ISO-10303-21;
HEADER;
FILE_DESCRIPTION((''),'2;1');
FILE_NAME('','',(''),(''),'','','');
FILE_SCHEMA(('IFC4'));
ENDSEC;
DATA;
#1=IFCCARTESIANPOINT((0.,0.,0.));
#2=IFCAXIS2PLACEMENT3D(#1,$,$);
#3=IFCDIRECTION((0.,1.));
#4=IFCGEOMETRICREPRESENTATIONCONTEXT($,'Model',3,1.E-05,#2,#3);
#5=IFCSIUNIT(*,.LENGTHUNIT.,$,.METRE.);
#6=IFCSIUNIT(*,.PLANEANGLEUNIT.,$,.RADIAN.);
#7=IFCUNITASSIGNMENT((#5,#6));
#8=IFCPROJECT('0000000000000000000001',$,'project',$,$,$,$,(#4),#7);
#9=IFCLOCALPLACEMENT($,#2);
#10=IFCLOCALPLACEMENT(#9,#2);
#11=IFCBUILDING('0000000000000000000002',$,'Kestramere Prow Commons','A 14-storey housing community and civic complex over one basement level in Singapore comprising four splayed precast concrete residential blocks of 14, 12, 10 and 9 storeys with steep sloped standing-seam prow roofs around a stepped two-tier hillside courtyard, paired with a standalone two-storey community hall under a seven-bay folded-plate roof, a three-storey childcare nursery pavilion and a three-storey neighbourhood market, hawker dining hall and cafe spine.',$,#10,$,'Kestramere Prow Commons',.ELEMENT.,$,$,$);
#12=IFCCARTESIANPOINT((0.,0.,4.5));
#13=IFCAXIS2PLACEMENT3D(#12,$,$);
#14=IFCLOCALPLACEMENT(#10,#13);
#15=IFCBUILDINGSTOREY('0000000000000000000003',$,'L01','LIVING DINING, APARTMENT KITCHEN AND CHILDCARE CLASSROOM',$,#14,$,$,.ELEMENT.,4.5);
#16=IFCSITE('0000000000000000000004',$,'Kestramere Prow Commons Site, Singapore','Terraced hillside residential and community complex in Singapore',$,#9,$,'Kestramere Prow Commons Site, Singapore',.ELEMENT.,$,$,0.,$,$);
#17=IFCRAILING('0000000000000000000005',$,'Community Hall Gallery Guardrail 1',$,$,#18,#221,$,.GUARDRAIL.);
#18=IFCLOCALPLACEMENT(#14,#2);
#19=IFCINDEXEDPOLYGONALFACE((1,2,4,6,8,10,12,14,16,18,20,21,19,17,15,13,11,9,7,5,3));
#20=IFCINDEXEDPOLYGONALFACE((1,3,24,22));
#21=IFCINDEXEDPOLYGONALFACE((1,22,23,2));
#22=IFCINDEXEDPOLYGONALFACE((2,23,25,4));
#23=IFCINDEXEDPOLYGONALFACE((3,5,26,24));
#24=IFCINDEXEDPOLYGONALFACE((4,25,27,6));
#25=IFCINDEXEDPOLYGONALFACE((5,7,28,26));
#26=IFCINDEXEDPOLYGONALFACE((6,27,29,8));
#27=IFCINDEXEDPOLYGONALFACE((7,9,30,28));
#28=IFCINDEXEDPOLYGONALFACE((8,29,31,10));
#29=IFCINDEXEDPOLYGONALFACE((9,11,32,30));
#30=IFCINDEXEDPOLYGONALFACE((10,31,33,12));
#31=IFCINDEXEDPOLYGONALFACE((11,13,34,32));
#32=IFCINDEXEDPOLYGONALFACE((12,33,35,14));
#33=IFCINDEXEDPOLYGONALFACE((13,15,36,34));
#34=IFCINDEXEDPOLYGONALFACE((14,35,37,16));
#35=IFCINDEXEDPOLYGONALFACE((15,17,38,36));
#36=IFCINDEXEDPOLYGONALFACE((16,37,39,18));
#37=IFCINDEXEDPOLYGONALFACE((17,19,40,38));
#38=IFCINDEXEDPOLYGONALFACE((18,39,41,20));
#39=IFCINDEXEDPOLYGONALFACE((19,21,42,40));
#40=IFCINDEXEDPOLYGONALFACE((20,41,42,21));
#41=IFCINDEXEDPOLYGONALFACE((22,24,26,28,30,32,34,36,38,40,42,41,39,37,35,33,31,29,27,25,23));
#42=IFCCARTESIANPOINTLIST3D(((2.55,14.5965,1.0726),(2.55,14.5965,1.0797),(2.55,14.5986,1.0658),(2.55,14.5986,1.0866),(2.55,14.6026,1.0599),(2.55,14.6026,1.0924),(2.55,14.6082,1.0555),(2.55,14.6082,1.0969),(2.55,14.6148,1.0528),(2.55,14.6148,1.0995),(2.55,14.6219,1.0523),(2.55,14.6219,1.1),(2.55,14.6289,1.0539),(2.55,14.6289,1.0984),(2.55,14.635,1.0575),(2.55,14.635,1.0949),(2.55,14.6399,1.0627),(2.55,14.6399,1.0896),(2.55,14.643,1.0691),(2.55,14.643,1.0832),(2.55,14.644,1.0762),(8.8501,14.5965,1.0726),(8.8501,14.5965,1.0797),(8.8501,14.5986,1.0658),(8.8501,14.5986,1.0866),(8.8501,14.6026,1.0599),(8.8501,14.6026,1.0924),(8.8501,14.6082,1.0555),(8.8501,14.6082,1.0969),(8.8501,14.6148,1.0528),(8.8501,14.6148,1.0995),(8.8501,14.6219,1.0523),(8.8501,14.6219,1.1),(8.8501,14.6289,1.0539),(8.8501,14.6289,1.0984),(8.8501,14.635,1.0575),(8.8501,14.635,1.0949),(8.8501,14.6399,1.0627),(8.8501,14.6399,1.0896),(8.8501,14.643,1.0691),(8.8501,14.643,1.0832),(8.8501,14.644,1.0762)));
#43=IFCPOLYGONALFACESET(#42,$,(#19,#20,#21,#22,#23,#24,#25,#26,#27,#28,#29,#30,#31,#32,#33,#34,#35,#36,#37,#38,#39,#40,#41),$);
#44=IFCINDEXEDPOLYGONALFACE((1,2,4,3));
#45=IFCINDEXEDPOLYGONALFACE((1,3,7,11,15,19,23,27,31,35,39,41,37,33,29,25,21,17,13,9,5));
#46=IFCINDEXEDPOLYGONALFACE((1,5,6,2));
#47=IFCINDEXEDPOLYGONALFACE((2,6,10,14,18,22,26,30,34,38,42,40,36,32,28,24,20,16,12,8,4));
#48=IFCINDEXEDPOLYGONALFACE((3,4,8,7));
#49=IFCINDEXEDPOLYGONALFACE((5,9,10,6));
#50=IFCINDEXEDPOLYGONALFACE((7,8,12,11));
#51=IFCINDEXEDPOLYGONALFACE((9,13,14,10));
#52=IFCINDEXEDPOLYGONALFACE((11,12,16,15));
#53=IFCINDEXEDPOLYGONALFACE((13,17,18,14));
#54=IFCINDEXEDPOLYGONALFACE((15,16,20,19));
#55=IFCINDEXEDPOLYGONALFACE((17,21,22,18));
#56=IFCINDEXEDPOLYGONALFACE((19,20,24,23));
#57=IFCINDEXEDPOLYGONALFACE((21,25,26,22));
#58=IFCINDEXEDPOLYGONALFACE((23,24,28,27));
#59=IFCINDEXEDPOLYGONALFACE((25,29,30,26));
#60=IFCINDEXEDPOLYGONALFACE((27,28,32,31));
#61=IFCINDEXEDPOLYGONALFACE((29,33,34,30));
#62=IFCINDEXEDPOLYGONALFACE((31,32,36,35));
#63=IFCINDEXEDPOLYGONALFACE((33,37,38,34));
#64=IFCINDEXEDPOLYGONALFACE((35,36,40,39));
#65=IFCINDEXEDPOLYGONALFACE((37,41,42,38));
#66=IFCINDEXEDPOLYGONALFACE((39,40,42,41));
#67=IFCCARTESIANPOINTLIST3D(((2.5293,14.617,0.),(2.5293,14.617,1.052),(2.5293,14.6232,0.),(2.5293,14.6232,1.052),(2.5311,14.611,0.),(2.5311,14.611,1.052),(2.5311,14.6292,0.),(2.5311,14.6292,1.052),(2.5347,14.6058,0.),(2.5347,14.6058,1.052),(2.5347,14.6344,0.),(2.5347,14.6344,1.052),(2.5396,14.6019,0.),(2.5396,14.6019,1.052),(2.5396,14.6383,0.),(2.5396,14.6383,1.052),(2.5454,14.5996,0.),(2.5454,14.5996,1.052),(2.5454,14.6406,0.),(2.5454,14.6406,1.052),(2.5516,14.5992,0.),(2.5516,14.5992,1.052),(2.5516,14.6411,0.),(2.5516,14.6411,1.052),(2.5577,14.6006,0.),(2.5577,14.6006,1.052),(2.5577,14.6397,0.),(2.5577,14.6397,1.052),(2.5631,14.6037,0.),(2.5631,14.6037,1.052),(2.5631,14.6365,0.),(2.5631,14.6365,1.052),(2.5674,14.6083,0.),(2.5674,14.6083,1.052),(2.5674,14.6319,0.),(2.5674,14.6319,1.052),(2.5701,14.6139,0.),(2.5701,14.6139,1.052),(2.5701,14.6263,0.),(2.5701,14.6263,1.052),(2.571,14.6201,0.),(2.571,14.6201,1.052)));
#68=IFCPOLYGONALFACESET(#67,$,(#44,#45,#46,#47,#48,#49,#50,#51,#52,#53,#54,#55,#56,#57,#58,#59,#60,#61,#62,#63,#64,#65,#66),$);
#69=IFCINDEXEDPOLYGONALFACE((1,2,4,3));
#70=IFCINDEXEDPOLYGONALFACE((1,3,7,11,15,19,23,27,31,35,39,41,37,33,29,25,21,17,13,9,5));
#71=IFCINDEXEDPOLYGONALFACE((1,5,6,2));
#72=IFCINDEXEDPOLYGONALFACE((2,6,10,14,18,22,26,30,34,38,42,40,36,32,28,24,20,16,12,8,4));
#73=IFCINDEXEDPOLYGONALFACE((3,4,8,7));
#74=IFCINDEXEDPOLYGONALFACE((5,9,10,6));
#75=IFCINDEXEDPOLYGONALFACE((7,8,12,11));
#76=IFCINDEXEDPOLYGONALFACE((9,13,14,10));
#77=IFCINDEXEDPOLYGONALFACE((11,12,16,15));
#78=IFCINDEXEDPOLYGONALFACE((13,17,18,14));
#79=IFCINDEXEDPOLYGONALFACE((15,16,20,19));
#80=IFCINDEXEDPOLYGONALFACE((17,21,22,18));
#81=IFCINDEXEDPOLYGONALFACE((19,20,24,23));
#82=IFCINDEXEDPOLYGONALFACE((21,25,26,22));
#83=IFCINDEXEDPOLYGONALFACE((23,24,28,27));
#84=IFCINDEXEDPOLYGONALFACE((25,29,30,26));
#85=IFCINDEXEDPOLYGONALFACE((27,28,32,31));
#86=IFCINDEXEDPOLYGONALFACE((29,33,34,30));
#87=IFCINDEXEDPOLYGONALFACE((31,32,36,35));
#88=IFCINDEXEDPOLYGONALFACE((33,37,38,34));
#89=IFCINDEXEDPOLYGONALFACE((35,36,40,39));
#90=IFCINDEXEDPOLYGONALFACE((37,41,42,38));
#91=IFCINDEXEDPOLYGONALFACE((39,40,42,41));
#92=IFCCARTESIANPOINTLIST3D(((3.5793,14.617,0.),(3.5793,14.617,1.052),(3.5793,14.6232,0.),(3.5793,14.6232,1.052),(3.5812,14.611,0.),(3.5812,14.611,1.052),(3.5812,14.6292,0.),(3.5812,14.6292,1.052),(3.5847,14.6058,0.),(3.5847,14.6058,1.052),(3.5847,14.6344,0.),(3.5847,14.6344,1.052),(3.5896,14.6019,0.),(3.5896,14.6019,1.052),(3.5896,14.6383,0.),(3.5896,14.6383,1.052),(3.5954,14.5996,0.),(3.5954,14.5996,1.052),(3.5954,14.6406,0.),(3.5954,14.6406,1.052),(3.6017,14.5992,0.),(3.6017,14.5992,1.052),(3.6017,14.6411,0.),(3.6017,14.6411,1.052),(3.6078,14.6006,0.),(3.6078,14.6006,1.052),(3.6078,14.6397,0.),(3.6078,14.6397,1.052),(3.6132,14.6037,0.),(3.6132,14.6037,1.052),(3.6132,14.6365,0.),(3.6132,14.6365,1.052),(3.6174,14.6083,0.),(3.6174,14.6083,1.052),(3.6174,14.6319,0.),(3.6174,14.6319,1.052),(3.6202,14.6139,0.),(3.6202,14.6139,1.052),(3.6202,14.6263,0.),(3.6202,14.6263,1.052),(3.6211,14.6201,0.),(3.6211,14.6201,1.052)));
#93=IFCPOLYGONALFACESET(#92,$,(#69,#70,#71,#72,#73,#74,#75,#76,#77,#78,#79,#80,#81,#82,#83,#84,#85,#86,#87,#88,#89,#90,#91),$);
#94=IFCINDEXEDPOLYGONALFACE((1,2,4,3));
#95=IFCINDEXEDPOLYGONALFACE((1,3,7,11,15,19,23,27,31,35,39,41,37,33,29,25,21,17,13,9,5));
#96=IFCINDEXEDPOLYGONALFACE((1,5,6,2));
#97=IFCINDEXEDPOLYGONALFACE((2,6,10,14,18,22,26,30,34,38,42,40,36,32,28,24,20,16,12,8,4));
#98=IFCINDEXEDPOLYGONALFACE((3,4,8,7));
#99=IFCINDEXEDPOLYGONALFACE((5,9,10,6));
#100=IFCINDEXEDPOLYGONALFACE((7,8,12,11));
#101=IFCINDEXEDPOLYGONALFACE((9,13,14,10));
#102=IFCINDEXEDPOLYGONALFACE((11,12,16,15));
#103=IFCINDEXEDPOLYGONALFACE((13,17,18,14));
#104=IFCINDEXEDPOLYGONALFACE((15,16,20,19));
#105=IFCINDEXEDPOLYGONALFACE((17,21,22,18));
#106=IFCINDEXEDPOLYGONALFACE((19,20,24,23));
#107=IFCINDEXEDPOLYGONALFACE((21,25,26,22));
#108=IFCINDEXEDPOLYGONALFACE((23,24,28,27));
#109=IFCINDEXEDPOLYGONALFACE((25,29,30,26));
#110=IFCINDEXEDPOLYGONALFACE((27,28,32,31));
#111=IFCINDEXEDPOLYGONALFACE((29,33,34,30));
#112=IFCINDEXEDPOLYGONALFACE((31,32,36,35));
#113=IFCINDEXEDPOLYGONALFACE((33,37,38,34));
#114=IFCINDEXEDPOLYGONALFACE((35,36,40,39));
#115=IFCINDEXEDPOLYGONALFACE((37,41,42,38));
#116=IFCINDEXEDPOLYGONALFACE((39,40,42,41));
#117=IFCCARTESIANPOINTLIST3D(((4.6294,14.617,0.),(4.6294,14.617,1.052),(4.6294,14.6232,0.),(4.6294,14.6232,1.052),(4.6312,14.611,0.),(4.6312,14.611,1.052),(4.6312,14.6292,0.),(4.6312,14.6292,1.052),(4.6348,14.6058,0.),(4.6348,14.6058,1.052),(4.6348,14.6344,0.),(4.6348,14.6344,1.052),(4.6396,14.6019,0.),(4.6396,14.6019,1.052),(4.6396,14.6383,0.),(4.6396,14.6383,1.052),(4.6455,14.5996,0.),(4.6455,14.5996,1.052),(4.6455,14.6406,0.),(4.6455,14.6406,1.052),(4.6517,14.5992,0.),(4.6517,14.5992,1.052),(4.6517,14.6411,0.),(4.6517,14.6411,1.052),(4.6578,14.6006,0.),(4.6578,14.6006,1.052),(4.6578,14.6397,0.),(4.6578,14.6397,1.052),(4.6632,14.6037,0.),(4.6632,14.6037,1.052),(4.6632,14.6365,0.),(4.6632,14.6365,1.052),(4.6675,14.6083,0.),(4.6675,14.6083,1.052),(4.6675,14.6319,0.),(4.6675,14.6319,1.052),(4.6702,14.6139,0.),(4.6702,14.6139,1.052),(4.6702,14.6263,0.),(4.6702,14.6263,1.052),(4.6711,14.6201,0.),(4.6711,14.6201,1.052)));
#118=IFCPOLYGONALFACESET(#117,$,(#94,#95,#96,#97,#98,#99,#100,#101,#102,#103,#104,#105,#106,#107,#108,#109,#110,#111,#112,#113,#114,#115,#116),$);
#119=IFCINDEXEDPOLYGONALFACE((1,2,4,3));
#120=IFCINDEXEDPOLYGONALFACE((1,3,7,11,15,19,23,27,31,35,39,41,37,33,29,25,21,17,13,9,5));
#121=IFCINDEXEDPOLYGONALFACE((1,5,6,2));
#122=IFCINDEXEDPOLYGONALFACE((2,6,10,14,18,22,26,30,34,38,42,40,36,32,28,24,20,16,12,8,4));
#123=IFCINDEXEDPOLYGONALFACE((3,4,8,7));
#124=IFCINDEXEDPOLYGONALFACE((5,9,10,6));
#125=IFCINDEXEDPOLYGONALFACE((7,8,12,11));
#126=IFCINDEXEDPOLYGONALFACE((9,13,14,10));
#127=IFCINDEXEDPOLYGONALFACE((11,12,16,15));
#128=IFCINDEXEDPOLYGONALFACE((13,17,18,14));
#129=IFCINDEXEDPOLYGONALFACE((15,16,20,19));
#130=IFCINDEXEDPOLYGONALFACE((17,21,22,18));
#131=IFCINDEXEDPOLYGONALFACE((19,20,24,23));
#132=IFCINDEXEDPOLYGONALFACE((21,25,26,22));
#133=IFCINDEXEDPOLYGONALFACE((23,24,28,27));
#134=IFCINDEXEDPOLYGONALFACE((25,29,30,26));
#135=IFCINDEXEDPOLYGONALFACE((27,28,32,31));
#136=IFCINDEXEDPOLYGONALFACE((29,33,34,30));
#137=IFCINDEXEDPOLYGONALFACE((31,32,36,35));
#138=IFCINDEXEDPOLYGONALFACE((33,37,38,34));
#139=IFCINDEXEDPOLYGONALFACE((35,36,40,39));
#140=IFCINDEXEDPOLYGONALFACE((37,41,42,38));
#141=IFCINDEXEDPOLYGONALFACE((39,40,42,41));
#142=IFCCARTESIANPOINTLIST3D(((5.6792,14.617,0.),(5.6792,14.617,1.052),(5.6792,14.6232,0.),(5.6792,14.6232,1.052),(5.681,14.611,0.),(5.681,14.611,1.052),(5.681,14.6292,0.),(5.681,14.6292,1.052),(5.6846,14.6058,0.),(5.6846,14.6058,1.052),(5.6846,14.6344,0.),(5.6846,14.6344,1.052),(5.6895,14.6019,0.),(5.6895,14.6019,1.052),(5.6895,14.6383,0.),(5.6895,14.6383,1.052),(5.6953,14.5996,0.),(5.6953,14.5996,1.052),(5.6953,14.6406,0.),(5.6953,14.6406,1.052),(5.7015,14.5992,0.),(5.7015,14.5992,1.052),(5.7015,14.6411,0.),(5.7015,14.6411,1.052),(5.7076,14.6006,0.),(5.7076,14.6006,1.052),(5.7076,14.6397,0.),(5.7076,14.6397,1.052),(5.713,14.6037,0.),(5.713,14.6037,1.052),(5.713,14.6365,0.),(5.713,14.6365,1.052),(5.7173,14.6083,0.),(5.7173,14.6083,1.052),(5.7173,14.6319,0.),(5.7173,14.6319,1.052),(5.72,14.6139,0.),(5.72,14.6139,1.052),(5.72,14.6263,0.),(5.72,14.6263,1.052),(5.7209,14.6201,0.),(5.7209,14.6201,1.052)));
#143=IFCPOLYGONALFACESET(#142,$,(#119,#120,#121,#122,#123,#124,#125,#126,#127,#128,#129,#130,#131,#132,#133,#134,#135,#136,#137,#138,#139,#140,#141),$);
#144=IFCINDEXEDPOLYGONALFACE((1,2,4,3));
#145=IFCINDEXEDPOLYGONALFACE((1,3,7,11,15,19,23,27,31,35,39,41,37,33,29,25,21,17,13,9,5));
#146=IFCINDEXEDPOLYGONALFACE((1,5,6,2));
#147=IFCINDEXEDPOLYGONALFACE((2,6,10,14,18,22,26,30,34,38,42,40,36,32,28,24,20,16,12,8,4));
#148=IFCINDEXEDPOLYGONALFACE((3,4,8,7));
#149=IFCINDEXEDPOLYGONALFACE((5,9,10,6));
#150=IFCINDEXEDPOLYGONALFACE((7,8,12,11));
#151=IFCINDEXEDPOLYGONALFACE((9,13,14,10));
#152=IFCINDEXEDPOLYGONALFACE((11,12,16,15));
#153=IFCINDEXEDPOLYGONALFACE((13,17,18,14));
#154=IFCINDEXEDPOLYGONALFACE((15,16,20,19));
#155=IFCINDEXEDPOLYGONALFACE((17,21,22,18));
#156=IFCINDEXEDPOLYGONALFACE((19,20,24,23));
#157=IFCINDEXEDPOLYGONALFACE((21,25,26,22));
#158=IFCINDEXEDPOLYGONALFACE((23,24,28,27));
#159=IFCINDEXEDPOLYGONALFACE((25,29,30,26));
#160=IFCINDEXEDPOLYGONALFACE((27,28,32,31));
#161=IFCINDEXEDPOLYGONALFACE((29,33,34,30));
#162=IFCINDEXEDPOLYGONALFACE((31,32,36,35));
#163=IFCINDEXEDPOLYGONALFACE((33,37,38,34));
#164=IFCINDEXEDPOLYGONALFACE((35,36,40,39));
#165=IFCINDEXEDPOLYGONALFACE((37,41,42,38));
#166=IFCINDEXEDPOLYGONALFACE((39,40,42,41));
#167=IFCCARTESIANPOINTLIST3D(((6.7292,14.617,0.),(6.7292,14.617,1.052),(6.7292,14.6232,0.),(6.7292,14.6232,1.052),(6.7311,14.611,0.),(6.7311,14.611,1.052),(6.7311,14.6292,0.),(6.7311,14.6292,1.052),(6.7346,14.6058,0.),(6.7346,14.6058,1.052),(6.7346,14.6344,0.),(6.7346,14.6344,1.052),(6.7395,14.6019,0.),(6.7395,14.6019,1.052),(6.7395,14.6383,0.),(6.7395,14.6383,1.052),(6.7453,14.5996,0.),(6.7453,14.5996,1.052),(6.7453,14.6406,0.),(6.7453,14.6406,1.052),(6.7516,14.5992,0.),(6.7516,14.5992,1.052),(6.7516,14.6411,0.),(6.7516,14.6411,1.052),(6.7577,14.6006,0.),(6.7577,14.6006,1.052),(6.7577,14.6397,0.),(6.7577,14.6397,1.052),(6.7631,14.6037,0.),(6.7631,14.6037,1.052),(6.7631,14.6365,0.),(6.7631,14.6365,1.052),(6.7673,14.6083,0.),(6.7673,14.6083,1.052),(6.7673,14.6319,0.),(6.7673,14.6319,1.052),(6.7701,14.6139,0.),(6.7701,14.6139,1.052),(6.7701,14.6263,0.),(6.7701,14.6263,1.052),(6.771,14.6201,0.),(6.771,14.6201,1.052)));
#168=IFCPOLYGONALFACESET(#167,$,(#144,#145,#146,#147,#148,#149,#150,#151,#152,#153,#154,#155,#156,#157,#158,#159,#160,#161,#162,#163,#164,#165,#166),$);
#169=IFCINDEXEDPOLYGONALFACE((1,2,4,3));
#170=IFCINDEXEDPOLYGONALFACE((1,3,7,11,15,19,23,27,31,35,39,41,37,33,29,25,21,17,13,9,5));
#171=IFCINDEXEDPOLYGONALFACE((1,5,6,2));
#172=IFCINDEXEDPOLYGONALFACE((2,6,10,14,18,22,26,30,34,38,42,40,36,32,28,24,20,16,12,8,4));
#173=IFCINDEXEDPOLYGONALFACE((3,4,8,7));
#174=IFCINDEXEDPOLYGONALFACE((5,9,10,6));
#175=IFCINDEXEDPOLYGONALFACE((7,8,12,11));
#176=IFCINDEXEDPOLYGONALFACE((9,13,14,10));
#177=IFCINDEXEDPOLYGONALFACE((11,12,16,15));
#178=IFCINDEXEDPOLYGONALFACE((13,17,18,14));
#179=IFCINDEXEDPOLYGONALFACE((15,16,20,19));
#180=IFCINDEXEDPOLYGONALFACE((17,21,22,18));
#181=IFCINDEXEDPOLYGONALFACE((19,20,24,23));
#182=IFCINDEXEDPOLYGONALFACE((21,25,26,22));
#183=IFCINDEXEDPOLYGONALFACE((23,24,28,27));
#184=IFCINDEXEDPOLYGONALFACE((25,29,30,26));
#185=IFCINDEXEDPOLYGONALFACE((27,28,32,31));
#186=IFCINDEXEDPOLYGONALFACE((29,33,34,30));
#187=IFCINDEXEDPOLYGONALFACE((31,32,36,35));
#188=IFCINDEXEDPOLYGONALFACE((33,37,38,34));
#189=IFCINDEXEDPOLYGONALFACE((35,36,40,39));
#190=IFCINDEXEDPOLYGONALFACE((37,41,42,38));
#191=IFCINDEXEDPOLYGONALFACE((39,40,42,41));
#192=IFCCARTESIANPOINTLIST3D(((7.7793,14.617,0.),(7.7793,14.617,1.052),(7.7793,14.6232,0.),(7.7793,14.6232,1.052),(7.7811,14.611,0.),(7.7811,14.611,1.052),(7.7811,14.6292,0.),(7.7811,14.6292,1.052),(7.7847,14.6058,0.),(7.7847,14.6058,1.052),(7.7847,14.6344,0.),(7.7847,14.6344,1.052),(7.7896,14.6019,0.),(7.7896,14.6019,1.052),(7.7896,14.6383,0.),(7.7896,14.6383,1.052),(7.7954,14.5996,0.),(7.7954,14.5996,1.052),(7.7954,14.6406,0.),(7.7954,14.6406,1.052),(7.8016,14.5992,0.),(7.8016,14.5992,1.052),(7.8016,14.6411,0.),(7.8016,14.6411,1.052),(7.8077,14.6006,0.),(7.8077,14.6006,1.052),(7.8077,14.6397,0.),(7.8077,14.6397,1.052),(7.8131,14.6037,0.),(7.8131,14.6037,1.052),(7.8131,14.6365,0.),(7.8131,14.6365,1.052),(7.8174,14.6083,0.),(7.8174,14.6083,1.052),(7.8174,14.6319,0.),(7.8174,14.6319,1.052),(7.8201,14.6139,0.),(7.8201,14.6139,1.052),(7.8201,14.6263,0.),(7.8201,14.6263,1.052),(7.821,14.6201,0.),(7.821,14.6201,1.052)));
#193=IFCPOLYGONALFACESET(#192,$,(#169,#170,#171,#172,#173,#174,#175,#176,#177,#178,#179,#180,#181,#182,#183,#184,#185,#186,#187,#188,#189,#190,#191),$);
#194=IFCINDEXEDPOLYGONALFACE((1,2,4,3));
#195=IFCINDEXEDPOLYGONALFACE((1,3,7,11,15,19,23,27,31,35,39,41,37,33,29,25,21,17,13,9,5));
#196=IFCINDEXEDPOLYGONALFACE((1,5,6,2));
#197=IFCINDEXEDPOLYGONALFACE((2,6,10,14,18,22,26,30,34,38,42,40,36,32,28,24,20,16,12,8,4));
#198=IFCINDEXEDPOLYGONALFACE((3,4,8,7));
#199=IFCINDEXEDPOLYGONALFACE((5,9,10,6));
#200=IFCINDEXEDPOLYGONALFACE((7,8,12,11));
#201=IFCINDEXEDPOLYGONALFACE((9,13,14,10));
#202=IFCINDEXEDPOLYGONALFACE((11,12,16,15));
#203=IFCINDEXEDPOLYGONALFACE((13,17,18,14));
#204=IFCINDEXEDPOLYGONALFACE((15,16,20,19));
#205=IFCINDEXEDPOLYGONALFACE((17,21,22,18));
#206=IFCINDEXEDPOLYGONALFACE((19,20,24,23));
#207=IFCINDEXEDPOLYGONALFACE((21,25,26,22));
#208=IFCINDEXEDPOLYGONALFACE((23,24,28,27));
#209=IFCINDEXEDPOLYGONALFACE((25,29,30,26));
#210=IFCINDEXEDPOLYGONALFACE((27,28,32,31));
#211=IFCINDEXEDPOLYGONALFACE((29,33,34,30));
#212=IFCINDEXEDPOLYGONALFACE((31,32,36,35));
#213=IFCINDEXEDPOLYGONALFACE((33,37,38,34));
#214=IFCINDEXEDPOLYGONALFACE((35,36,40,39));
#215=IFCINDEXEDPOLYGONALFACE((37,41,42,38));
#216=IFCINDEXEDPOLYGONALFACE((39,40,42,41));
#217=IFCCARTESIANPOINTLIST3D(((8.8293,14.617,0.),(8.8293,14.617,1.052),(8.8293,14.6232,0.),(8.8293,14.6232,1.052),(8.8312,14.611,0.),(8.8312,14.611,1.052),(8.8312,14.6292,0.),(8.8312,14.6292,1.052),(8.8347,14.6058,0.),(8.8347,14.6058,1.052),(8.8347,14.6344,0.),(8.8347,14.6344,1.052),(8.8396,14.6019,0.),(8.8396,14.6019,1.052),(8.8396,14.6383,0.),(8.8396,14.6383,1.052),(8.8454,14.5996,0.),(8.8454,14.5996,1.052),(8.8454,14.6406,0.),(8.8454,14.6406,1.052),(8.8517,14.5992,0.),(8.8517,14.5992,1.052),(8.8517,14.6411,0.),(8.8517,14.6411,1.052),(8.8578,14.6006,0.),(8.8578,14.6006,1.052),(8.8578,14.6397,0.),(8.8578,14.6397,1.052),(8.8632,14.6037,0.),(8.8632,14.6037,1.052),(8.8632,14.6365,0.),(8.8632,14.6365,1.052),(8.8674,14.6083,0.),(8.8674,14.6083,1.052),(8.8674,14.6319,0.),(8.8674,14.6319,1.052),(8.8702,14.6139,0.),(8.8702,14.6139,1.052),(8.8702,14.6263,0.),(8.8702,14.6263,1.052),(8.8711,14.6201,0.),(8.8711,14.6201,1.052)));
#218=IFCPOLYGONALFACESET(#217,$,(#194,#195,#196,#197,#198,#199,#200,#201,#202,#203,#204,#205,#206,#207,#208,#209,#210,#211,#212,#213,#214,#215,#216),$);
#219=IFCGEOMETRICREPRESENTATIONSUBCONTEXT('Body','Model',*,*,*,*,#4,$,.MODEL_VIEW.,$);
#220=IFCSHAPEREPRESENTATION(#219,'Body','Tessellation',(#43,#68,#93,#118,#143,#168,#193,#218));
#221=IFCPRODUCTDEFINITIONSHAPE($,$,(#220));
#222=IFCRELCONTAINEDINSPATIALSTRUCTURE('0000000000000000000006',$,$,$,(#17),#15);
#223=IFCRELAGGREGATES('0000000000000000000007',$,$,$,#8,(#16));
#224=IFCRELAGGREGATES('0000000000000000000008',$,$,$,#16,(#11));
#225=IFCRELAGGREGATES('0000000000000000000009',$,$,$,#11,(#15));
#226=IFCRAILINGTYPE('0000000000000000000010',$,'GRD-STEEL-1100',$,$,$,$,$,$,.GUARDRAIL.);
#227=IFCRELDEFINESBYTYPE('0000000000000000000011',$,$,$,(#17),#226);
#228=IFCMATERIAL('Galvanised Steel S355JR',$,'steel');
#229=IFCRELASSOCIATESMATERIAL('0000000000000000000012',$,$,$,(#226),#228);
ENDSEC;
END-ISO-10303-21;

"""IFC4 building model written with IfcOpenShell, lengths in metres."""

from ifc_helpers import new_model, si_unit, direction, frame, origin, origin_2d, place, context, subcontext, project, spatial, circle, extrude, material, type_object, element, save


model = new_model("IFC4")

# Units and contexts
model_context = context("Model", 3, precision=1e-05, world=origin(), true_north=direction((0.0, 1.0)))
body_context = subcontext(model_context, "Body", "Model", "MODEL_VIEW")
ifc_project = project(units=[si_unit("LENGTHUNIT", "METRE"), si_unit("PLANEANGLEUNIT", "RADIAN")], contexts=[model_context])

# Site, building, storey
site_placement = place(None, origin())
site = spatial("IfcSite", under=ifc_project, at=site_placement, Name="Kestramere Prow Commons Site, Singapore", Description="Terraced hillside residential and community complex in Singapore", LongName="Kestramere Prow Commons Site, Singapore", CompositionType="ELEMENT", RefElevation=0.0)
building_placement = place(site_placement, origin())
building = spatial("IfcBuilding", under=site, at=building_placement, Name="Kestramere Prow Commons", Description="A 14-storey housing community and civic complex over one basement level in Singapore comprising four splayed precast concrete residential blocks of 14, 12, 10 and 9 storeys with steep sloped standing-seam prow roofs around a stepped two-tier hillside courtyard, paired with a standalone two-storey community hall under a seven-bay folded-plate roof, a three-storey childcare nursery pavilion and a three-storey neighbourhood market, hawker dining hall and cafe spine.", LongName="Kestramere Prow Commons", CompositionType="ELEMENT")
storey_placement = place(building_placement, frame((0.0, 0.0, 4.5)))
storey = spatial("IfcBuildingStorey", under=building, at=storey_placement, Name="L01", Description="LIVING DINING, APARTMENT KITCHEN AND CHILDCARE CLASSROOM", CompositionType="ELEMENT", Elevation=4.5)

# Railing
ifc_material_1 = material(Name="Galvanised Steel S355JR", Category="steel")
railing_type_1 = type_object("IfcRailingType", Name="GRD-STEEL-1100", PredefinedType="GUARDRAIL", material=ifc_material_1)
for number, where, name in (
    (1, (2.55, 14.6201, 0.0), "Community Hall Gallery Guardrail 1"),
):
    element("IfcRailing", number, at=place(storey_placement, frame(where)), inside=storey, type_object=railing_type_1, Name=name, PredefinedType="GUARDRAIL", context=body_context, shape_type="SweptSolid", body=[
        extrude(circle(Radius=0.0239, at=origin_2d()), frame((0.0, 0.0, 1.0762), z_axis=(1.0, 0.0, 0.0), x_axis=(0.0, 1.0, 0.0)), (0.0, 0.0, 1.0), 6.3),
        extrude(circle(Radius=0.021, at=origin_2d()), origin(), (0.0, 0.0, 1.0), 1.052),
        extrude(circle(Radius=0.021, at=origin_2d()), frame((1.05, 0.0, 0.0)), (0.0, 0.0, 1.0), 1.052),
        extrude(circle(Radius=0.021, at=origin_2d()), frame((2.1001, 0.0, 0.0)), (0.0, 0.0, 1.0), 1.052),
        extrude(circle(Radius=0.021, at=origin_2d()), frame((3.1499, 0.0, 0.0)), (0.0, 0.0, 1.0), 1.052),
        extrude(circle(Radius=0.021, at=origin_2d()), frame((4.2, 0.0, 0.0)), (0.0, 0.0, 1.0), 1.052),
        extrude(circle(Radius=0.021, at=origin_2d()), frame((5.25, 0.0, 0.0)), (0.0, 0.0, 1.0), 1.052),
        extrude(circle(Radius=0.021, at=origin_2d()), frame((6.3, 0.0, 0.0)), (0.0, 0.0, 1.0), 1.052),
    ])

save(model, "model.ifc")
